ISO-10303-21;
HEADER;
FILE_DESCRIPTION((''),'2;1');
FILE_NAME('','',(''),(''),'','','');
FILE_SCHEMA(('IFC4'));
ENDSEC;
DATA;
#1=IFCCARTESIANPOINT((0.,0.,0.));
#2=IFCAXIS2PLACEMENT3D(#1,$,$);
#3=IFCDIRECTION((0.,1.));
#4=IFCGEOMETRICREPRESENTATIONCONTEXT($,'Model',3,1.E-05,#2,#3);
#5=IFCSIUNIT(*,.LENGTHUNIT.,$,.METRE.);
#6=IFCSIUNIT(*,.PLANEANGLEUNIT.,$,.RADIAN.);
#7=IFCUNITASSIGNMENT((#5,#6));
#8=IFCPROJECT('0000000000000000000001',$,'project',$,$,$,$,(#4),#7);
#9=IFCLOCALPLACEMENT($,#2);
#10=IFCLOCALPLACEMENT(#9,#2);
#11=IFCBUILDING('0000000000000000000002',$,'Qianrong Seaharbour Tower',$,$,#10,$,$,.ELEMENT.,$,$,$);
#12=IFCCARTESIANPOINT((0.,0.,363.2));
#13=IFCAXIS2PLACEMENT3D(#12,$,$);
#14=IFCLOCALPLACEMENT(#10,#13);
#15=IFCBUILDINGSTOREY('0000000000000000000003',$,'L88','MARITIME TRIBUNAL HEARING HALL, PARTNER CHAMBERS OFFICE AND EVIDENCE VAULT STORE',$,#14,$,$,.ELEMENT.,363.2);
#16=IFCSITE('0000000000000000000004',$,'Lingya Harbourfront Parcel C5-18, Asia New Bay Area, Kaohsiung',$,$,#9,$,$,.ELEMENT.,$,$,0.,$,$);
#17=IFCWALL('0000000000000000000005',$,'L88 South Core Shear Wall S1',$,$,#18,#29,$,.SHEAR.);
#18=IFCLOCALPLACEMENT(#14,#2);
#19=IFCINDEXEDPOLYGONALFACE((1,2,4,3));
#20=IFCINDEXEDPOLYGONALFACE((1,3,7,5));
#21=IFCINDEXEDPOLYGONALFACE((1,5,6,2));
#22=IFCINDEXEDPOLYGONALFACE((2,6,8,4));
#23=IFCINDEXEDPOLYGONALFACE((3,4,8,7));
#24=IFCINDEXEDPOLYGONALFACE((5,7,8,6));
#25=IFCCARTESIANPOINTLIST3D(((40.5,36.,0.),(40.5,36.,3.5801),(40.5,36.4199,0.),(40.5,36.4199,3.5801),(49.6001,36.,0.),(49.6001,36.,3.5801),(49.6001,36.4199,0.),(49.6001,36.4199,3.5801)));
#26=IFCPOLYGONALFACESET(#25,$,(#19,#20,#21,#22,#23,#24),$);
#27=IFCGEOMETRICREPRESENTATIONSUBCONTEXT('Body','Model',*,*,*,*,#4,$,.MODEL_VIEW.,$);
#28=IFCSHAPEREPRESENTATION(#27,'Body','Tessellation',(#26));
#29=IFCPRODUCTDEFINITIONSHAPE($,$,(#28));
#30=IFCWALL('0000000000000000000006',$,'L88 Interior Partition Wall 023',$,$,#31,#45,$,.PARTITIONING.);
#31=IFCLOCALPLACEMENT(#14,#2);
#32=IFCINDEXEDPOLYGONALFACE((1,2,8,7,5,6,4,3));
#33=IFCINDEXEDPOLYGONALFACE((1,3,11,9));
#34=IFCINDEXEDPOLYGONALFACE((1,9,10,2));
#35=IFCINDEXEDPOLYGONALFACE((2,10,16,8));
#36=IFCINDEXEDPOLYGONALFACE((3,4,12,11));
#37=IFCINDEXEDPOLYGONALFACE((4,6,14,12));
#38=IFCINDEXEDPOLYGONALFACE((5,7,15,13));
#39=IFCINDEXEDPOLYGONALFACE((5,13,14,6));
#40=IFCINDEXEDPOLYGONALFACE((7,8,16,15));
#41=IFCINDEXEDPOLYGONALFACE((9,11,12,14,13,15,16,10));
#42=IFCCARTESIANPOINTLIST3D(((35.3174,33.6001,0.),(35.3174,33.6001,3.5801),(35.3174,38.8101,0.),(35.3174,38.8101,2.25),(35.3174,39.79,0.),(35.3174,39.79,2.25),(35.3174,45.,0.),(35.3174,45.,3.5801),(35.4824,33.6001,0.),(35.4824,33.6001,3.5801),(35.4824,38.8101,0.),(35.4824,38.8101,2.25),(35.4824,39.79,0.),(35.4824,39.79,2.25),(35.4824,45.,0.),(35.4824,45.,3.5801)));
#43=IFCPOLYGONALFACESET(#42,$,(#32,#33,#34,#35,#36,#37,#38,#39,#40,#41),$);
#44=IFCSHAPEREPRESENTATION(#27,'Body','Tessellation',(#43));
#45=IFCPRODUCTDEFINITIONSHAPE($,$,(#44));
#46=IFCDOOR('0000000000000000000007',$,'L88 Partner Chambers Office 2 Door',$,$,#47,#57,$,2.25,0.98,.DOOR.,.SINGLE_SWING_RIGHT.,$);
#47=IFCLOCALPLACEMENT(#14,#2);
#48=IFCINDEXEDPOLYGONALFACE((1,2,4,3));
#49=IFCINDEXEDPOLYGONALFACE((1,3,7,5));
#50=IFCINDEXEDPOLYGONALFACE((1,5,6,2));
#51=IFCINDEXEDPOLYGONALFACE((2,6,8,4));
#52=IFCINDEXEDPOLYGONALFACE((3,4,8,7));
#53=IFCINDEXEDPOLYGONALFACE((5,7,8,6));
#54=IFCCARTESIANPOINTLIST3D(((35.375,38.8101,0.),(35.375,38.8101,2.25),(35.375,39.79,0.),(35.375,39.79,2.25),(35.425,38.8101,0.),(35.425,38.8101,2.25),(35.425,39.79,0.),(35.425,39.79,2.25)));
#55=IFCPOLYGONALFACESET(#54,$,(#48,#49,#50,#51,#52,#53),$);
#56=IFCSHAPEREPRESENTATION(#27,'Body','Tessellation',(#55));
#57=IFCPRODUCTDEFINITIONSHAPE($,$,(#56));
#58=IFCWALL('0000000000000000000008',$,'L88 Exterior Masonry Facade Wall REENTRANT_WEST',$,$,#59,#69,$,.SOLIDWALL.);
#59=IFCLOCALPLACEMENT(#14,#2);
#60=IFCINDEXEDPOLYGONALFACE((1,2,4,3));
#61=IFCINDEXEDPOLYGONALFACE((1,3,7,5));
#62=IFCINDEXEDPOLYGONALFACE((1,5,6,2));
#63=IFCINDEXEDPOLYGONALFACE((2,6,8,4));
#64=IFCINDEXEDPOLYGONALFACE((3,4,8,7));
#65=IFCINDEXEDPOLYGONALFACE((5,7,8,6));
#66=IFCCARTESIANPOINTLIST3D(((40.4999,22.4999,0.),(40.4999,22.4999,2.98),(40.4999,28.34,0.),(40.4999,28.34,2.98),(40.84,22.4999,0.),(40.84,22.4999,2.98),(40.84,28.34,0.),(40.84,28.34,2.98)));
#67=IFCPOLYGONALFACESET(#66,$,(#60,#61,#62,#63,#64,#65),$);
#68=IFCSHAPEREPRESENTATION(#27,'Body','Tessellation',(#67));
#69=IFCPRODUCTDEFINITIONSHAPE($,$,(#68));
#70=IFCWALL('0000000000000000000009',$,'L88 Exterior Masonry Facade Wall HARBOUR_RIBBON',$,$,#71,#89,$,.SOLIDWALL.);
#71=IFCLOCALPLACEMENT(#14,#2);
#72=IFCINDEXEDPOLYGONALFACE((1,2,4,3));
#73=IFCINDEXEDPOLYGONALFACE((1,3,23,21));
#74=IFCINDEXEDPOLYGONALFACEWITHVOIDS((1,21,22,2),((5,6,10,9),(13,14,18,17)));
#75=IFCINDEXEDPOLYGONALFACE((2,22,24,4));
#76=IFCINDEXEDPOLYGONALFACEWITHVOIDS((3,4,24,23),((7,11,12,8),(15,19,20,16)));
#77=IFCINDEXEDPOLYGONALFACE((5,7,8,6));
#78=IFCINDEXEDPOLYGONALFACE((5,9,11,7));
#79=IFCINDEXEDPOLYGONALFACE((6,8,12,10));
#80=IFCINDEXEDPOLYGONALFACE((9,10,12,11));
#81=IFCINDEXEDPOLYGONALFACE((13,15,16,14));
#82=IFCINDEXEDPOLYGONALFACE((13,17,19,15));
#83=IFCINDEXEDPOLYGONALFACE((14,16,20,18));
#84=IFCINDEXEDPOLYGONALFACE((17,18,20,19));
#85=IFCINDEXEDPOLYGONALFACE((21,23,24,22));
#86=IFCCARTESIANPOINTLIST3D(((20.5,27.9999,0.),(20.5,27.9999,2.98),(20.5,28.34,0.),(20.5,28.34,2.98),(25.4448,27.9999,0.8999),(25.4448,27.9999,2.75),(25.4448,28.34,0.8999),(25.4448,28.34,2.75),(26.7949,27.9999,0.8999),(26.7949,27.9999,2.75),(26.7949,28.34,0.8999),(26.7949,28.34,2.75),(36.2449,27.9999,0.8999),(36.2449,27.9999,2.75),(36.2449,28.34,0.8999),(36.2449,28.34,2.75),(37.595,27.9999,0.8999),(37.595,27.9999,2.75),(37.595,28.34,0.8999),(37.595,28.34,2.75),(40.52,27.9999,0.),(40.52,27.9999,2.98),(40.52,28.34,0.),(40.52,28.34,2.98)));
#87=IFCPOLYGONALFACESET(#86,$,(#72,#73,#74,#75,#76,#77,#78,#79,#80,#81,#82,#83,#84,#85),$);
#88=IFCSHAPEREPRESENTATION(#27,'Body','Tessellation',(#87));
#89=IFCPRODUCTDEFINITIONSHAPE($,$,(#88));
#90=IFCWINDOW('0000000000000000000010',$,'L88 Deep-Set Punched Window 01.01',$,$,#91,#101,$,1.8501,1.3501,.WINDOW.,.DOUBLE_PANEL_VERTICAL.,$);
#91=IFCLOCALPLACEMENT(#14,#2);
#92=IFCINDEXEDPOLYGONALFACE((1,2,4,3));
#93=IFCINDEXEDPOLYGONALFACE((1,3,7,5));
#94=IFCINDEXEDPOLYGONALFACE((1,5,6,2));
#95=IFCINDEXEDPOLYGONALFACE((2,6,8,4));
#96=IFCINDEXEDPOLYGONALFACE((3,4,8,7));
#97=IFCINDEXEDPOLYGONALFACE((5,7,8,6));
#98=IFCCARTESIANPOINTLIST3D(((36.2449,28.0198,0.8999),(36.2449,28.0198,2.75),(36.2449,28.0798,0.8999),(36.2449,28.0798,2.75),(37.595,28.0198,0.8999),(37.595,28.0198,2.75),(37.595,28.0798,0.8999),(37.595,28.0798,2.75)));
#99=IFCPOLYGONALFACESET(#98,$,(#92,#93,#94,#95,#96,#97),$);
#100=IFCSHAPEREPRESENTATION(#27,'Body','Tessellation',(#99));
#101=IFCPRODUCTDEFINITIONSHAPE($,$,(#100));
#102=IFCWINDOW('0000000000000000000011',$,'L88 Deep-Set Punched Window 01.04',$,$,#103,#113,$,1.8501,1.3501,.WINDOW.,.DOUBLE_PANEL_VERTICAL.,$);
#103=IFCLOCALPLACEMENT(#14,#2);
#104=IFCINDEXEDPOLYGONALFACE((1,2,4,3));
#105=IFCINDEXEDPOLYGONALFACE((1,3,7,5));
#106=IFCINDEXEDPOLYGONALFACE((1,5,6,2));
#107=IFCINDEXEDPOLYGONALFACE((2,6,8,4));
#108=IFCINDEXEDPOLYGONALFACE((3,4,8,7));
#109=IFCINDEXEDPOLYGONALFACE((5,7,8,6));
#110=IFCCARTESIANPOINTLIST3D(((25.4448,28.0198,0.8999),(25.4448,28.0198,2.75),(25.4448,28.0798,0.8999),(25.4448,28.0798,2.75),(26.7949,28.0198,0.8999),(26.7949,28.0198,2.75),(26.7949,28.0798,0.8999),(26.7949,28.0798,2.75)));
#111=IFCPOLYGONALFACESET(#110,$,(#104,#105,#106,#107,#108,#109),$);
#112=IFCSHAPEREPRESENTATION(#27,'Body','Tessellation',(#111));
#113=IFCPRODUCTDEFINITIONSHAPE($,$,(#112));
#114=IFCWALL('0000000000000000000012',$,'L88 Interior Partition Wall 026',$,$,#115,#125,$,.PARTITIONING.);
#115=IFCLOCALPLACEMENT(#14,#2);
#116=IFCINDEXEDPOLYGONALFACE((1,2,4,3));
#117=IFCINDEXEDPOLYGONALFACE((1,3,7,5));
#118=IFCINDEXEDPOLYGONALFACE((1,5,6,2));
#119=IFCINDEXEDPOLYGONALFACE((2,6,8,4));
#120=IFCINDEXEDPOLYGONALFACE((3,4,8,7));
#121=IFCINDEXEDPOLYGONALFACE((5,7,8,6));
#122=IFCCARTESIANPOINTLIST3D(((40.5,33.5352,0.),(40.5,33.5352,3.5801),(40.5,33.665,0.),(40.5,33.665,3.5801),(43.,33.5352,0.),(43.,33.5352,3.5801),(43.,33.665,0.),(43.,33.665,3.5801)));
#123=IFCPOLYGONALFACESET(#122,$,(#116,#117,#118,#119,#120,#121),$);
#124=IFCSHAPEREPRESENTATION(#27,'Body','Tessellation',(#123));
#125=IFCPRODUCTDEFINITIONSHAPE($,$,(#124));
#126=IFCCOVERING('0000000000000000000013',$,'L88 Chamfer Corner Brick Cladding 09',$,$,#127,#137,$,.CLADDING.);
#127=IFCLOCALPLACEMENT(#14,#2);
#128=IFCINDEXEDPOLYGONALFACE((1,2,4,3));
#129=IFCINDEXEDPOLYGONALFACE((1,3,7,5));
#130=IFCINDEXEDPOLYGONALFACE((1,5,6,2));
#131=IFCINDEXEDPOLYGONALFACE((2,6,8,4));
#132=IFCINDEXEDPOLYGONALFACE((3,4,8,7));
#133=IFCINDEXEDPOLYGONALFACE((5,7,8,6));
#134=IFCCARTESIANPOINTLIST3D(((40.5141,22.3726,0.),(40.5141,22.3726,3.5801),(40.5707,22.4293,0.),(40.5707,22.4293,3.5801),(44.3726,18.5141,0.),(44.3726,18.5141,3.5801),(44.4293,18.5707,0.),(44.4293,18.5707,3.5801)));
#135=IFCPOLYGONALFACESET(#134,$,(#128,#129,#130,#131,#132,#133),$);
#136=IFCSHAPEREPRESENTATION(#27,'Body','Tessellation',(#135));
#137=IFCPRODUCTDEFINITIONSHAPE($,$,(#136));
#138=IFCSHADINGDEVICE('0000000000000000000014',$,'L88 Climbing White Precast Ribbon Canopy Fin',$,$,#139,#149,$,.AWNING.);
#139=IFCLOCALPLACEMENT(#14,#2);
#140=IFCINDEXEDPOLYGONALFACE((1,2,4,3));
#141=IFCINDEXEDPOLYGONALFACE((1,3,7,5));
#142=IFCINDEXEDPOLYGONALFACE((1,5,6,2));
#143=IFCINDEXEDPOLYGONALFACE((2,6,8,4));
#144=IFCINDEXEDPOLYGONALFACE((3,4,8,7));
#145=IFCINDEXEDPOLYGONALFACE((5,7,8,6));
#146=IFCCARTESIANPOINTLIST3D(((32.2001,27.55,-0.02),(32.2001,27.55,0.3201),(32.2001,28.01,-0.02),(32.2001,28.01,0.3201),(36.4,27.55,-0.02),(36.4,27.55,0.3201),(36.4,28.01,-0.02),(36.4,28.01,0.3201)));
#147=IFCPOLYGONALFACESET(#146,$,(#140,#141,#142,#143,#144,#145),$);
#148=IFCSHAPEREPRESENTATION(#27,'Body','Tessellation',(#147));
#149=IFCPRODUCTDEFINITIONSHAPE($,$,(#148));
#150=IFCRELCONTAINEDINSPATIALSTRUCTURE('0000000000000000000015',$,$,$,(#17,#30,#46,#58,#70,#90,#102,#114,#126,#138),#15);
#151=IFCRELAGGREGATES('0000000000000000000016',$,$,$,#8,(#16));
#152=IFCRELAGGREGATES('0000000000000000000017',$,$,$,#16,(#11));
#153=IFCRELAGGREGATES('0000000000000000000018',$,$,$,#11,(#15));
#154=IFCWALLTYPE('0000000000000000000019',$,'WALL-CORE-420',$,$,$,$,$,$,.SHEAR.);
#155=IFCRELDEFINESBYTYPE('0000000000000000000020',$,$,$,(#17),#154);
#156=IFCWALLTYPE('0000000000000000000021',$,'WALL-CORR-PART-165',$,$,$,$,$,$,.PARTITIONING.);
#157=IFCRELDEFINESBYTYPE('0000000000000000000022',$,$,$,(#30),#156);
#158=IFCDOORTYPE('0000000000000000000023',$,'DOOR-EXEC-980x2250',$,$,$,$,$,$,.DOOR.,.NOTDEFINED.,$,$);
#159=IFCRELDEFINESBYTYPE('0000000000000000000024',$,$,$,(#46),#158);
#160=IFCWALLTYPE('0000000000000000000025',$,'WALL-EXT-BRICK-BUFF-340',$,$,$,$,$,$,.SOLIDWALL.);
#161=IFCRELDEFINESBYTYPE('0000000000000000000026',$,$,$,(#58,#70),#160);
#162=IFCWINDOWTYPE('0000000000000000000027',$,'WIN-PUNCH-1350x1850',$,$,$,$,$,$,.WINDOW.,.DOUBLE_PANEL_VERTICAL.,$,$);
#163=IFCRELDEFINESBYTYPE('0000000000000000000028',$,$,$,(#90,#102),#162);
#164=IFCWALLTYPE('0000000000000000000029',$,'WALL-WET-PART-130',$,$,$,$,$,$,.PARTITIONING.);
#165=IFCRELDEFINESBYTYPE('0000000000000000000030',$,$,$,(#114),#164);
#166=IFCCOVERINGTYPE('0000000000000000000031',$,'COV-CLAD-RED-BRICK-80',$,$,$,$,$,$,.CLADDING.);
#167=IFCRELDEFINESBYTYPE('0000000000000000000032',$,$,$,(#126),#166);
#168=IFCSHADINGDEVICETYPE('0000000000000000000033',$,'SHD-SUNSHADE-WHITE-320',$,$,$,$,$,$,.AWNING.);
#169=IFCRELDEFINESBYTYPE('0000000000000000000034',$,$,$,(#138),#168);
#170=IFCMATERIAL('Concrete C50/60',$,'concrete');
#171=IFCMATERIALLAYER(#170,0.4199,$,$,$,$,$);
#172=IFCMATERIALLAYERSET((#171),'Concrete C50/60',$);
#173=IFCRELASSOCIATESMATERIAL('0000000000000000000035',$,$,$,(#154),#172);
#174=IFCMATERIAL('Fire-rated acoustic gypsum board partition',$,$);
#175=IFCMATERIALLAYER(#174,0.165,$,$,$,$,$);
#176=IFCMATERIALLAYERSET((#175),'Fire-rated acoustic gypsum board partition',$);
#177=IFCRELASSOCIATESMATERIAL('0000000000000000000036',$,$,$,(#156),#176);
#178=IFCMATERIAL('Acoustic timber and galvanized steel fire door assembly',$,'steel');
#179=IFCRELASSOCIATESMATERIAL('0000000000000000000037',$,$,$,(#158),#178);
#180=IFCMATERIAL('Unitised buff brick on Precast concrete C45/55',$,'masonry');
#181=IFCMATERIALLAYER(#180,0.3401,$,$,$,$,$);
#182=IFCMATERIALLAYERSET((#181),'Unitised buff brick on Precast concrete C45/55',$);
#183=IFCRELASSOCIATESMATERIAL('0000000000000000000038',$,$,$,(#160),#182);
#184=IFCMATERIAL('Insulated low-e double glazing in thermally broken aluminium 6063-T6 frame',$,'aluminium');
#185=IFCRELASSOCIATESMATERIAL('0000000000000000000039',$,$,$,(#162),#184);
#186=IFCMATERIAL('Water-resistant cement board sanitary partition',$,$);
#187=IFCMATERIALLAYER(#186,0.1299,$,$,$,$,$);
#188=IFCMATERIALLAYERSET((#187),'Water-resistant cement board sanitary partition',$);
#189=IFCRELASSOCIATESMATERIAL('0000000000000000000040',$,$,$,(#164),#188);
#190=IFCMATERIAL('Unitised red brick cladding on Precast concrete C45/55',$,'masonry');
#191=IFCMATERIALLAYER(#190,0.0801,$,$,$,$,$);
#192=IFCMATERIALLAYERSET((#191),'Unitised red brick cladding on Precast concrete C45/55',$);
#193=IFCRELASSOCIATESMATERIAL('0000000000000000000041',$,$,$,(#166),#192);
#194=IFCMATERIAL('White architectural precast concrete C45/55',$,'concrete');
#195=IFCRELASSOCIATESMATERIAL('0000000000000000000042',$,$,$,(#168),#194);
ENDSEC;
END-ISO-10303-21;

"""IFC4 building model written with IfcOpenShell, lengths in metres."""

from ifc_helpers import new_model, si_unit, direction, frame, frame_2d, origin, origin_2d, place, context, subcontext, project, spatial, rectangle, extrude, material, layer, layer_set, type_object, element, fill, save


model = new_model("IFC4")

# Units and contexts
model_context = context("Model", 3, precision=1e-05, world=origin(), true_north=direction((0.0, 1.0)))
body_context = subcontext(model_context, "Body", "Model", "MODEL_VIEW")
ifc_project = project(units=[si_unit("LENGTHUNIT", "METRE"), si_unit("PLANEANGLEUNIT", "RADIAN")], contexts=[model_context])

# Site, building, storey
site_placement = place(None, origin())
site = spatial("IfcSite", under=ifc_project, at=site_placement, Name="Lingya Harbourfront Parcel C5-18, Asia New Bay Area, Kaohsiung", CompositionType="ELEMENT", RefElevation=0.0)
building_placement = place(site_placement, origin())
building = spatial("IfcBuilding", under=site, at=building_placement, Name="Qianrong Seaharbour Tower", CompositionType="ELEMENT")
storey_placement = place(building_placement, frame((0.0, 0.0, 363.2)))
storey = spatial("IfcBuildingStorey", under=building, at=storey_placement, Name="L88", Description="MARITIME TRIBUNAL HEARING HALL, PARTNER CHAMBERS OFFICE AND EVIDENCE VAULT STORE", CompositionType="ELEMENT", Elevation=363.2)

# Wall
ifc_material_1 = material(Name="Concrete C50/60", Category="concrete")
ifc_layer_1 = layer(ifc_material_1, 0.4199)
ifc_layer_set_1 = layer_set([ifc_layer_1], Name="Concrete C50/60")
wall_type_1 = type_object("IfcWallType", Name="WALL-CORE-420", PredefinedType="SHEAR", material=ifc_layer_set_1)
wall_1_placement = place(storey_placement, frame((40.5, 36.21, 0.0), z_axis=(0.0, 0.0, 1.0), x_axis=(1.0, 0.0, 0.0)))
element("IfcWall", 1, at=wall_1_placement, inside=storey, type_object=wall_type_1, Name="L88 South Core Shear Wall S1", PredefinedType="SHEAR", context=body_context, shape_type="SweptSolid", body=[
    extrude(rectangle(XDim=9.1001, YDim=0.4199, at=frame_2d((4.55, 0.0))), origin(), (0.0, 0.0, 1.0), 3.5801),
])

# Wall, opening, door
ifc_material_2 = material(Name="Fire-rated acoustic gypsum board partition")
ifc_layer_2 = layer(ifc_material_2, 0.165)
ifc_layer_set_2 = layer_set([ifc_layer_2], Name="Fire-rated acoustic gypsum board partition")
wall_type_2 = type_object("IfcWallType", Name="WALL-CORR-PART-165", PredefinedType="PARTITIONING", material=ifc_layer_set_2)
wall_2_placement = place(storey_placement, frame((35.3999, 33.6001, 0.0), z_axis=(0.0, 0.0, 1.0), x_axis=(0.0, 1.0, 0.0)))
wall_2 = element("IfcWall", 2, at=wall_2_placement, inside=storey, type_object=wall_type_2, Name="L88 Interior Partition Wall 023", PredefinedType="PARTITIONING", context=body_context, shape_type="SweptSolid", body=[
    extrude(rectangle(XDim=11.3999, YDim=0.165, at=frame_2d((5.7, 0.0))), origin(), (0.0, 0.0, 1.0), 3.5801),
])
opening_1_placement = place(wall_2_placement, frame((5.21, 0.0, 0.0)))
opening_1 = element("IfcOpeningElement", 3, at=opening_1_placement, cuts=wall_2, PredefinedType="OPENING", context=body_context, shape_type="SweptSolid", body=[
    extrude(rectangle(XDim=0.98, YDim=2.25, at=frame_2d((0.49, 1.125))), frame((0.0, 0.0925, 0.0), z_axis=(0.0, -1.0, 0.0), x_axis=(1.0, 0.0, 0.0)), (0.0, 0.0, 1.0), 0.1851),
])
ifc_material_3 = material(Name="Acoustic timber and galvanized steel fire door assembly", Category="steel")
door_type = type_object("IfcDoorType", Name="DOOR-EXEC-980x2250", OperationType="NOTDEFINED", PredefinedType="DOOR", material=ifc_material_3)
door_placement = place(opening_1_placement, origin())
door = element("IfcDoor", 4, at=door_placement, inside=storey, type_object=door_type, Name="L88 Partner Chambers Office 2 Door", OperationType="SINGLE_SWING_RIGHT", OverallHeight=2.25, OverallWidth=0.98, PredefinedType="DOOR", context=body_context, shape_type="SweptSolid", body=[
    extrude(rectangle(XDim=0.98, YDim=2.25, at=frame_2d((0.49, 1.125))), frame((0.0, 0.0249, 0.0), z_axis=(0.0, -1.0, 0.0), x_axis=(1.0, 0.0, 0.0)), (0.0, 0.0, 1.0), 0.05),
])
fill(opening_1, door)

# Wall
ifc_material_4 = material(Name="Unitised buff brick on Precast concrete C45/55", Category="masonry")
ifc_layer_3 = layer(ifc_material_4, 0.3401)
ifc_layer_set_3 = layer_set([ifc_layer_3], Name="Unitised buff brick on Precast concrete C45/55")
wall_type_3 = type_object("IfcWallType", Name="WALL-EXT-BRICK-BUFF-340", PredefinedType="SOLIDWALL", material=ifc_layer_set_3)
wall_3_placement = place(storey_placement, frame((40.6699, 22.5, 0.0), z_axis=(0.0, 0.0, 1.0), x_axis=(0.0, 1.0, 0.0)))
element("IfcWall", 5, at=wall_3_placement, inside=storey, type_object=wall_type_3, Name="L88 Exterior Masonry Facade Wall REENTRANT_WEST", PredefinedType="SOLIDWALL", context=body_context, shape_type="SweptSolid", body=[
    extrude(rectangle(XDim=5.8401, YDim=0.3401, at=frame_2d((2.9199, 0.0))), origin(), (0.0, 0.0, 1.0), 2.98),
])

# Wall, openings, windows
wall_4_placement = place(storey_placement, frame((40.52, 28.1699, 0.0), z_axis=(0.0, 0.0, 1.0), x_axis=(-1.0, 0.0, 0.0)))
wall_4 = element("IfcWall", 6, at=wall_4_placement, inside=storey, type_object=wall_type_3, Name="L88 Exterior Masonry Facade Wall HARBOUR_RIBBON", PredefinedType="SOLIDWALL", context=body_context, shape_type="SweptSolid", body=[
    extrude(rectangle(XDim=20.02, YDim=0.3401, at=frame_2d((10.01, 0.0))), origin(), (0.0, 0.0, 1.0), 2.98),
])
opening_2_placement = place(wall_4_placement, frame((2.925, 0.0, 0.8999)))
opening_2 = element("IfcOpeningElement", 7, at=opening_2_placement, cuts=wall_4, PredefinedType="OPENING", context=body_context, shape_type="SweptSolid", body=[
    extrude(rectangle(XDim=1.3501, YDim=1.8501, at=frame_2d((0.675, 0.925))), frame((0.0, 0.1802, 0.0), z_axis=(0.0, -1.0, 0.0), x_axis=(1.0, 0.0, 0.0)), (0.0, 0.0, 1.0), 0.3601),
])
opening_3_placement = place(wall_4_placement, frame((13.7251, 0.0, 0.8999)))
opening_3 = element("IfcOpeningElement", 8, at=opening_3_placement, cuts=wall_4, PredefinedType="OPENING", context=body_context, shape_type="SweptSolid", body=[
    extrude(rectangle(XDim=1.3501, YDim=1.8501, at=frame_2d((0.675, 0.925))), frame((0.0, 0.1802, 0.0), z_axis=(0.0, -1.0, 0.0), x_axis=(1.0, 0.0, 0.0)), (0.0, 0.0, 1.0), 0.3601),
])
ifc_material_5 = material(Name="Insulated low-e double glazing in thermally broken aluminium 6063-T6 frame", Category="aluminium")
window_type = type_object("IfcWindowType", Name="WIN-PUNCH-1350x1850", PartitioningType="DOUBLE_PANEL_VERTICAL", PredefinedType="WINDOW", material=ifc_material_5)
window_1_placement = place(opening_2_placement, origin())
window_1 = element("IfcWindow", 9, at=window_1_placement, inside=storey, type_object=window_type, Name="L88 Deep-Set Punched Window 01.01", OverallHeight=1.8501, OverallWidth=1.3501, PartitioningType="DOUBLE_PANEL_VERTICAL", PredefinedType="WINDOW", context=body_context, shape_type="SweptSolid", body=[
    extrude(rectangle(XDim=1.3501, YDim=1.8501, at=frame_2d((0.675, 0.925))), frame((0.0, 0.1501, 0.0), z_axis=(0.0, -1.0, 0.0), x_axis=(1.0, 0.0, 0.0)), (0.0, 0.0, 1.0), 0.0601),
])
fill(opening_2, window_1)
window_2_placement = place(opening_3_placement, origin())
window_2 = element("IfcWindow", 10, at=window_2_placement, inside=storey, type_object=window_type, Name="L88 Deep-Set Punched Window 01.04", OverallHeight=1.8501, OverallWidth=1.3501, PartitioningType="DOUBLE_PANEL_VERTICAL", PredefinedType="WINDOW", context=body_context, shape_type="SweptSolid", body=[
    extrude(rectangle(XDim=1.3501, YDim=1.8501, at=frame_2d((0.675, 0.925))), frame((0.0, 0.1501, 0.0), z_axis=(0.0, -1.0, 0.0), x_axis=(1.0, 0.0, 0.0)), (0.0, 0.0, 1.0), 0.0601),
])
fill(opening_3, window_2)

# Wall
ifc_material_6 = material(Name="Water-resistant cement board sanitary partition")
ifc_layer_4 = layer(ifc_material_6, 0.1299)
ifc_layer_set_4 = layer_set([ifc_layer_4], Name="Water-resistant cement board sanitary partition")
wall_type_4 = type_object("IfcWallType", Name="WALL-WET-PART-130", PredefinedType="PARTITIONING", material=ifc_layer_set_4)
wall_5_placement = place(storey_placement, frame((43.0, 33.6001, 0.0), z_axis=(0.0, 0.0, 1.0), x_axis=(-1.0, 0.0, 0.0)))
element("IfcWall", 11, at=wall_5_placement, inside=storey, type_object=wall_type_4, Name="L88 Interior Partition Wall 026", PredefinedType="PARTITIONING", context=body_context, shape_type="SweptSolid", body=[
    extrude(rectangle(XDim=2.5, YDim=0.1299, at=frame_2d((1.25, 0.0))), origin(), (0.0, 0.0, 1.0), 3.5801),
])

# Covering
ifc_material_7 = material(Name="Unitised red brick cladding on Precast concrete C45/55", Category="masonry")
ifc_layer_5 = layer(ifc_material_7, 0.0801)
ifc_layer_set_5 = layer_set([ifc_layer_5], Name="Unitised red brick cladding on Precast concrete C45/55")
covering_type = type_object("IfcCoveringType", Name="COV-CLAD-RED-BRICK-80", PredefinedType="CLADDING", material=ifc_layer_set_5)
covering_placement = place(storey_placement, frame((42.4717, 20.4717, 0.0), z_axis=(0.0, 0.0, 1.0), x_axis=(-0.707107, 0.707107, 0.0)))
element("IfcCovering", 12, at=covering_placement, inside=storey, type_object=covering_type, Name="L88 Chamfer Corner Brick Cladding 09", PredefinedType="CLADDING", context=body_context, shape_type="SweptSolid", body=[
    extrude(rectangle(XDim=5.4568, YDim=0.0801, at=origin_2d()), origin(), (0.0, 0.0, 1.0), 3.5801),
])

# Shading device
ifc_material_8 = material(Name="White architectural precast concrete C45/55", Category="concrete")
shading_device_type = type_object("IfcShadingDeviceType", Name="SHD-SUNSHADE-WHITE-320", PredefinedType="AWNING", material=ifc_material_8)
shading_device_placement = place(storey_placement, frame((34.3, 27.78, -0.02), z_axis=(0.0, 0.0, 1.0), x_axis=(1.0, 0.0, 0.0)))
element("IfcShadingDevice", 13, at=shading_device_placement, inside=storey, type_object=shading_device_type, Name="L88 Climbing White Precast Ribbon Canopy Fin", PredefinedType="AWNING", context=body_context, shape_type="SweptSolid", body=[
    extrude(rectangle(XDim=4.2, YDim=0.46, at=origin_2d()), origin(), (0.0, 0.0, 1.0), 0.3401),
])

save(model, "model.ifc")
